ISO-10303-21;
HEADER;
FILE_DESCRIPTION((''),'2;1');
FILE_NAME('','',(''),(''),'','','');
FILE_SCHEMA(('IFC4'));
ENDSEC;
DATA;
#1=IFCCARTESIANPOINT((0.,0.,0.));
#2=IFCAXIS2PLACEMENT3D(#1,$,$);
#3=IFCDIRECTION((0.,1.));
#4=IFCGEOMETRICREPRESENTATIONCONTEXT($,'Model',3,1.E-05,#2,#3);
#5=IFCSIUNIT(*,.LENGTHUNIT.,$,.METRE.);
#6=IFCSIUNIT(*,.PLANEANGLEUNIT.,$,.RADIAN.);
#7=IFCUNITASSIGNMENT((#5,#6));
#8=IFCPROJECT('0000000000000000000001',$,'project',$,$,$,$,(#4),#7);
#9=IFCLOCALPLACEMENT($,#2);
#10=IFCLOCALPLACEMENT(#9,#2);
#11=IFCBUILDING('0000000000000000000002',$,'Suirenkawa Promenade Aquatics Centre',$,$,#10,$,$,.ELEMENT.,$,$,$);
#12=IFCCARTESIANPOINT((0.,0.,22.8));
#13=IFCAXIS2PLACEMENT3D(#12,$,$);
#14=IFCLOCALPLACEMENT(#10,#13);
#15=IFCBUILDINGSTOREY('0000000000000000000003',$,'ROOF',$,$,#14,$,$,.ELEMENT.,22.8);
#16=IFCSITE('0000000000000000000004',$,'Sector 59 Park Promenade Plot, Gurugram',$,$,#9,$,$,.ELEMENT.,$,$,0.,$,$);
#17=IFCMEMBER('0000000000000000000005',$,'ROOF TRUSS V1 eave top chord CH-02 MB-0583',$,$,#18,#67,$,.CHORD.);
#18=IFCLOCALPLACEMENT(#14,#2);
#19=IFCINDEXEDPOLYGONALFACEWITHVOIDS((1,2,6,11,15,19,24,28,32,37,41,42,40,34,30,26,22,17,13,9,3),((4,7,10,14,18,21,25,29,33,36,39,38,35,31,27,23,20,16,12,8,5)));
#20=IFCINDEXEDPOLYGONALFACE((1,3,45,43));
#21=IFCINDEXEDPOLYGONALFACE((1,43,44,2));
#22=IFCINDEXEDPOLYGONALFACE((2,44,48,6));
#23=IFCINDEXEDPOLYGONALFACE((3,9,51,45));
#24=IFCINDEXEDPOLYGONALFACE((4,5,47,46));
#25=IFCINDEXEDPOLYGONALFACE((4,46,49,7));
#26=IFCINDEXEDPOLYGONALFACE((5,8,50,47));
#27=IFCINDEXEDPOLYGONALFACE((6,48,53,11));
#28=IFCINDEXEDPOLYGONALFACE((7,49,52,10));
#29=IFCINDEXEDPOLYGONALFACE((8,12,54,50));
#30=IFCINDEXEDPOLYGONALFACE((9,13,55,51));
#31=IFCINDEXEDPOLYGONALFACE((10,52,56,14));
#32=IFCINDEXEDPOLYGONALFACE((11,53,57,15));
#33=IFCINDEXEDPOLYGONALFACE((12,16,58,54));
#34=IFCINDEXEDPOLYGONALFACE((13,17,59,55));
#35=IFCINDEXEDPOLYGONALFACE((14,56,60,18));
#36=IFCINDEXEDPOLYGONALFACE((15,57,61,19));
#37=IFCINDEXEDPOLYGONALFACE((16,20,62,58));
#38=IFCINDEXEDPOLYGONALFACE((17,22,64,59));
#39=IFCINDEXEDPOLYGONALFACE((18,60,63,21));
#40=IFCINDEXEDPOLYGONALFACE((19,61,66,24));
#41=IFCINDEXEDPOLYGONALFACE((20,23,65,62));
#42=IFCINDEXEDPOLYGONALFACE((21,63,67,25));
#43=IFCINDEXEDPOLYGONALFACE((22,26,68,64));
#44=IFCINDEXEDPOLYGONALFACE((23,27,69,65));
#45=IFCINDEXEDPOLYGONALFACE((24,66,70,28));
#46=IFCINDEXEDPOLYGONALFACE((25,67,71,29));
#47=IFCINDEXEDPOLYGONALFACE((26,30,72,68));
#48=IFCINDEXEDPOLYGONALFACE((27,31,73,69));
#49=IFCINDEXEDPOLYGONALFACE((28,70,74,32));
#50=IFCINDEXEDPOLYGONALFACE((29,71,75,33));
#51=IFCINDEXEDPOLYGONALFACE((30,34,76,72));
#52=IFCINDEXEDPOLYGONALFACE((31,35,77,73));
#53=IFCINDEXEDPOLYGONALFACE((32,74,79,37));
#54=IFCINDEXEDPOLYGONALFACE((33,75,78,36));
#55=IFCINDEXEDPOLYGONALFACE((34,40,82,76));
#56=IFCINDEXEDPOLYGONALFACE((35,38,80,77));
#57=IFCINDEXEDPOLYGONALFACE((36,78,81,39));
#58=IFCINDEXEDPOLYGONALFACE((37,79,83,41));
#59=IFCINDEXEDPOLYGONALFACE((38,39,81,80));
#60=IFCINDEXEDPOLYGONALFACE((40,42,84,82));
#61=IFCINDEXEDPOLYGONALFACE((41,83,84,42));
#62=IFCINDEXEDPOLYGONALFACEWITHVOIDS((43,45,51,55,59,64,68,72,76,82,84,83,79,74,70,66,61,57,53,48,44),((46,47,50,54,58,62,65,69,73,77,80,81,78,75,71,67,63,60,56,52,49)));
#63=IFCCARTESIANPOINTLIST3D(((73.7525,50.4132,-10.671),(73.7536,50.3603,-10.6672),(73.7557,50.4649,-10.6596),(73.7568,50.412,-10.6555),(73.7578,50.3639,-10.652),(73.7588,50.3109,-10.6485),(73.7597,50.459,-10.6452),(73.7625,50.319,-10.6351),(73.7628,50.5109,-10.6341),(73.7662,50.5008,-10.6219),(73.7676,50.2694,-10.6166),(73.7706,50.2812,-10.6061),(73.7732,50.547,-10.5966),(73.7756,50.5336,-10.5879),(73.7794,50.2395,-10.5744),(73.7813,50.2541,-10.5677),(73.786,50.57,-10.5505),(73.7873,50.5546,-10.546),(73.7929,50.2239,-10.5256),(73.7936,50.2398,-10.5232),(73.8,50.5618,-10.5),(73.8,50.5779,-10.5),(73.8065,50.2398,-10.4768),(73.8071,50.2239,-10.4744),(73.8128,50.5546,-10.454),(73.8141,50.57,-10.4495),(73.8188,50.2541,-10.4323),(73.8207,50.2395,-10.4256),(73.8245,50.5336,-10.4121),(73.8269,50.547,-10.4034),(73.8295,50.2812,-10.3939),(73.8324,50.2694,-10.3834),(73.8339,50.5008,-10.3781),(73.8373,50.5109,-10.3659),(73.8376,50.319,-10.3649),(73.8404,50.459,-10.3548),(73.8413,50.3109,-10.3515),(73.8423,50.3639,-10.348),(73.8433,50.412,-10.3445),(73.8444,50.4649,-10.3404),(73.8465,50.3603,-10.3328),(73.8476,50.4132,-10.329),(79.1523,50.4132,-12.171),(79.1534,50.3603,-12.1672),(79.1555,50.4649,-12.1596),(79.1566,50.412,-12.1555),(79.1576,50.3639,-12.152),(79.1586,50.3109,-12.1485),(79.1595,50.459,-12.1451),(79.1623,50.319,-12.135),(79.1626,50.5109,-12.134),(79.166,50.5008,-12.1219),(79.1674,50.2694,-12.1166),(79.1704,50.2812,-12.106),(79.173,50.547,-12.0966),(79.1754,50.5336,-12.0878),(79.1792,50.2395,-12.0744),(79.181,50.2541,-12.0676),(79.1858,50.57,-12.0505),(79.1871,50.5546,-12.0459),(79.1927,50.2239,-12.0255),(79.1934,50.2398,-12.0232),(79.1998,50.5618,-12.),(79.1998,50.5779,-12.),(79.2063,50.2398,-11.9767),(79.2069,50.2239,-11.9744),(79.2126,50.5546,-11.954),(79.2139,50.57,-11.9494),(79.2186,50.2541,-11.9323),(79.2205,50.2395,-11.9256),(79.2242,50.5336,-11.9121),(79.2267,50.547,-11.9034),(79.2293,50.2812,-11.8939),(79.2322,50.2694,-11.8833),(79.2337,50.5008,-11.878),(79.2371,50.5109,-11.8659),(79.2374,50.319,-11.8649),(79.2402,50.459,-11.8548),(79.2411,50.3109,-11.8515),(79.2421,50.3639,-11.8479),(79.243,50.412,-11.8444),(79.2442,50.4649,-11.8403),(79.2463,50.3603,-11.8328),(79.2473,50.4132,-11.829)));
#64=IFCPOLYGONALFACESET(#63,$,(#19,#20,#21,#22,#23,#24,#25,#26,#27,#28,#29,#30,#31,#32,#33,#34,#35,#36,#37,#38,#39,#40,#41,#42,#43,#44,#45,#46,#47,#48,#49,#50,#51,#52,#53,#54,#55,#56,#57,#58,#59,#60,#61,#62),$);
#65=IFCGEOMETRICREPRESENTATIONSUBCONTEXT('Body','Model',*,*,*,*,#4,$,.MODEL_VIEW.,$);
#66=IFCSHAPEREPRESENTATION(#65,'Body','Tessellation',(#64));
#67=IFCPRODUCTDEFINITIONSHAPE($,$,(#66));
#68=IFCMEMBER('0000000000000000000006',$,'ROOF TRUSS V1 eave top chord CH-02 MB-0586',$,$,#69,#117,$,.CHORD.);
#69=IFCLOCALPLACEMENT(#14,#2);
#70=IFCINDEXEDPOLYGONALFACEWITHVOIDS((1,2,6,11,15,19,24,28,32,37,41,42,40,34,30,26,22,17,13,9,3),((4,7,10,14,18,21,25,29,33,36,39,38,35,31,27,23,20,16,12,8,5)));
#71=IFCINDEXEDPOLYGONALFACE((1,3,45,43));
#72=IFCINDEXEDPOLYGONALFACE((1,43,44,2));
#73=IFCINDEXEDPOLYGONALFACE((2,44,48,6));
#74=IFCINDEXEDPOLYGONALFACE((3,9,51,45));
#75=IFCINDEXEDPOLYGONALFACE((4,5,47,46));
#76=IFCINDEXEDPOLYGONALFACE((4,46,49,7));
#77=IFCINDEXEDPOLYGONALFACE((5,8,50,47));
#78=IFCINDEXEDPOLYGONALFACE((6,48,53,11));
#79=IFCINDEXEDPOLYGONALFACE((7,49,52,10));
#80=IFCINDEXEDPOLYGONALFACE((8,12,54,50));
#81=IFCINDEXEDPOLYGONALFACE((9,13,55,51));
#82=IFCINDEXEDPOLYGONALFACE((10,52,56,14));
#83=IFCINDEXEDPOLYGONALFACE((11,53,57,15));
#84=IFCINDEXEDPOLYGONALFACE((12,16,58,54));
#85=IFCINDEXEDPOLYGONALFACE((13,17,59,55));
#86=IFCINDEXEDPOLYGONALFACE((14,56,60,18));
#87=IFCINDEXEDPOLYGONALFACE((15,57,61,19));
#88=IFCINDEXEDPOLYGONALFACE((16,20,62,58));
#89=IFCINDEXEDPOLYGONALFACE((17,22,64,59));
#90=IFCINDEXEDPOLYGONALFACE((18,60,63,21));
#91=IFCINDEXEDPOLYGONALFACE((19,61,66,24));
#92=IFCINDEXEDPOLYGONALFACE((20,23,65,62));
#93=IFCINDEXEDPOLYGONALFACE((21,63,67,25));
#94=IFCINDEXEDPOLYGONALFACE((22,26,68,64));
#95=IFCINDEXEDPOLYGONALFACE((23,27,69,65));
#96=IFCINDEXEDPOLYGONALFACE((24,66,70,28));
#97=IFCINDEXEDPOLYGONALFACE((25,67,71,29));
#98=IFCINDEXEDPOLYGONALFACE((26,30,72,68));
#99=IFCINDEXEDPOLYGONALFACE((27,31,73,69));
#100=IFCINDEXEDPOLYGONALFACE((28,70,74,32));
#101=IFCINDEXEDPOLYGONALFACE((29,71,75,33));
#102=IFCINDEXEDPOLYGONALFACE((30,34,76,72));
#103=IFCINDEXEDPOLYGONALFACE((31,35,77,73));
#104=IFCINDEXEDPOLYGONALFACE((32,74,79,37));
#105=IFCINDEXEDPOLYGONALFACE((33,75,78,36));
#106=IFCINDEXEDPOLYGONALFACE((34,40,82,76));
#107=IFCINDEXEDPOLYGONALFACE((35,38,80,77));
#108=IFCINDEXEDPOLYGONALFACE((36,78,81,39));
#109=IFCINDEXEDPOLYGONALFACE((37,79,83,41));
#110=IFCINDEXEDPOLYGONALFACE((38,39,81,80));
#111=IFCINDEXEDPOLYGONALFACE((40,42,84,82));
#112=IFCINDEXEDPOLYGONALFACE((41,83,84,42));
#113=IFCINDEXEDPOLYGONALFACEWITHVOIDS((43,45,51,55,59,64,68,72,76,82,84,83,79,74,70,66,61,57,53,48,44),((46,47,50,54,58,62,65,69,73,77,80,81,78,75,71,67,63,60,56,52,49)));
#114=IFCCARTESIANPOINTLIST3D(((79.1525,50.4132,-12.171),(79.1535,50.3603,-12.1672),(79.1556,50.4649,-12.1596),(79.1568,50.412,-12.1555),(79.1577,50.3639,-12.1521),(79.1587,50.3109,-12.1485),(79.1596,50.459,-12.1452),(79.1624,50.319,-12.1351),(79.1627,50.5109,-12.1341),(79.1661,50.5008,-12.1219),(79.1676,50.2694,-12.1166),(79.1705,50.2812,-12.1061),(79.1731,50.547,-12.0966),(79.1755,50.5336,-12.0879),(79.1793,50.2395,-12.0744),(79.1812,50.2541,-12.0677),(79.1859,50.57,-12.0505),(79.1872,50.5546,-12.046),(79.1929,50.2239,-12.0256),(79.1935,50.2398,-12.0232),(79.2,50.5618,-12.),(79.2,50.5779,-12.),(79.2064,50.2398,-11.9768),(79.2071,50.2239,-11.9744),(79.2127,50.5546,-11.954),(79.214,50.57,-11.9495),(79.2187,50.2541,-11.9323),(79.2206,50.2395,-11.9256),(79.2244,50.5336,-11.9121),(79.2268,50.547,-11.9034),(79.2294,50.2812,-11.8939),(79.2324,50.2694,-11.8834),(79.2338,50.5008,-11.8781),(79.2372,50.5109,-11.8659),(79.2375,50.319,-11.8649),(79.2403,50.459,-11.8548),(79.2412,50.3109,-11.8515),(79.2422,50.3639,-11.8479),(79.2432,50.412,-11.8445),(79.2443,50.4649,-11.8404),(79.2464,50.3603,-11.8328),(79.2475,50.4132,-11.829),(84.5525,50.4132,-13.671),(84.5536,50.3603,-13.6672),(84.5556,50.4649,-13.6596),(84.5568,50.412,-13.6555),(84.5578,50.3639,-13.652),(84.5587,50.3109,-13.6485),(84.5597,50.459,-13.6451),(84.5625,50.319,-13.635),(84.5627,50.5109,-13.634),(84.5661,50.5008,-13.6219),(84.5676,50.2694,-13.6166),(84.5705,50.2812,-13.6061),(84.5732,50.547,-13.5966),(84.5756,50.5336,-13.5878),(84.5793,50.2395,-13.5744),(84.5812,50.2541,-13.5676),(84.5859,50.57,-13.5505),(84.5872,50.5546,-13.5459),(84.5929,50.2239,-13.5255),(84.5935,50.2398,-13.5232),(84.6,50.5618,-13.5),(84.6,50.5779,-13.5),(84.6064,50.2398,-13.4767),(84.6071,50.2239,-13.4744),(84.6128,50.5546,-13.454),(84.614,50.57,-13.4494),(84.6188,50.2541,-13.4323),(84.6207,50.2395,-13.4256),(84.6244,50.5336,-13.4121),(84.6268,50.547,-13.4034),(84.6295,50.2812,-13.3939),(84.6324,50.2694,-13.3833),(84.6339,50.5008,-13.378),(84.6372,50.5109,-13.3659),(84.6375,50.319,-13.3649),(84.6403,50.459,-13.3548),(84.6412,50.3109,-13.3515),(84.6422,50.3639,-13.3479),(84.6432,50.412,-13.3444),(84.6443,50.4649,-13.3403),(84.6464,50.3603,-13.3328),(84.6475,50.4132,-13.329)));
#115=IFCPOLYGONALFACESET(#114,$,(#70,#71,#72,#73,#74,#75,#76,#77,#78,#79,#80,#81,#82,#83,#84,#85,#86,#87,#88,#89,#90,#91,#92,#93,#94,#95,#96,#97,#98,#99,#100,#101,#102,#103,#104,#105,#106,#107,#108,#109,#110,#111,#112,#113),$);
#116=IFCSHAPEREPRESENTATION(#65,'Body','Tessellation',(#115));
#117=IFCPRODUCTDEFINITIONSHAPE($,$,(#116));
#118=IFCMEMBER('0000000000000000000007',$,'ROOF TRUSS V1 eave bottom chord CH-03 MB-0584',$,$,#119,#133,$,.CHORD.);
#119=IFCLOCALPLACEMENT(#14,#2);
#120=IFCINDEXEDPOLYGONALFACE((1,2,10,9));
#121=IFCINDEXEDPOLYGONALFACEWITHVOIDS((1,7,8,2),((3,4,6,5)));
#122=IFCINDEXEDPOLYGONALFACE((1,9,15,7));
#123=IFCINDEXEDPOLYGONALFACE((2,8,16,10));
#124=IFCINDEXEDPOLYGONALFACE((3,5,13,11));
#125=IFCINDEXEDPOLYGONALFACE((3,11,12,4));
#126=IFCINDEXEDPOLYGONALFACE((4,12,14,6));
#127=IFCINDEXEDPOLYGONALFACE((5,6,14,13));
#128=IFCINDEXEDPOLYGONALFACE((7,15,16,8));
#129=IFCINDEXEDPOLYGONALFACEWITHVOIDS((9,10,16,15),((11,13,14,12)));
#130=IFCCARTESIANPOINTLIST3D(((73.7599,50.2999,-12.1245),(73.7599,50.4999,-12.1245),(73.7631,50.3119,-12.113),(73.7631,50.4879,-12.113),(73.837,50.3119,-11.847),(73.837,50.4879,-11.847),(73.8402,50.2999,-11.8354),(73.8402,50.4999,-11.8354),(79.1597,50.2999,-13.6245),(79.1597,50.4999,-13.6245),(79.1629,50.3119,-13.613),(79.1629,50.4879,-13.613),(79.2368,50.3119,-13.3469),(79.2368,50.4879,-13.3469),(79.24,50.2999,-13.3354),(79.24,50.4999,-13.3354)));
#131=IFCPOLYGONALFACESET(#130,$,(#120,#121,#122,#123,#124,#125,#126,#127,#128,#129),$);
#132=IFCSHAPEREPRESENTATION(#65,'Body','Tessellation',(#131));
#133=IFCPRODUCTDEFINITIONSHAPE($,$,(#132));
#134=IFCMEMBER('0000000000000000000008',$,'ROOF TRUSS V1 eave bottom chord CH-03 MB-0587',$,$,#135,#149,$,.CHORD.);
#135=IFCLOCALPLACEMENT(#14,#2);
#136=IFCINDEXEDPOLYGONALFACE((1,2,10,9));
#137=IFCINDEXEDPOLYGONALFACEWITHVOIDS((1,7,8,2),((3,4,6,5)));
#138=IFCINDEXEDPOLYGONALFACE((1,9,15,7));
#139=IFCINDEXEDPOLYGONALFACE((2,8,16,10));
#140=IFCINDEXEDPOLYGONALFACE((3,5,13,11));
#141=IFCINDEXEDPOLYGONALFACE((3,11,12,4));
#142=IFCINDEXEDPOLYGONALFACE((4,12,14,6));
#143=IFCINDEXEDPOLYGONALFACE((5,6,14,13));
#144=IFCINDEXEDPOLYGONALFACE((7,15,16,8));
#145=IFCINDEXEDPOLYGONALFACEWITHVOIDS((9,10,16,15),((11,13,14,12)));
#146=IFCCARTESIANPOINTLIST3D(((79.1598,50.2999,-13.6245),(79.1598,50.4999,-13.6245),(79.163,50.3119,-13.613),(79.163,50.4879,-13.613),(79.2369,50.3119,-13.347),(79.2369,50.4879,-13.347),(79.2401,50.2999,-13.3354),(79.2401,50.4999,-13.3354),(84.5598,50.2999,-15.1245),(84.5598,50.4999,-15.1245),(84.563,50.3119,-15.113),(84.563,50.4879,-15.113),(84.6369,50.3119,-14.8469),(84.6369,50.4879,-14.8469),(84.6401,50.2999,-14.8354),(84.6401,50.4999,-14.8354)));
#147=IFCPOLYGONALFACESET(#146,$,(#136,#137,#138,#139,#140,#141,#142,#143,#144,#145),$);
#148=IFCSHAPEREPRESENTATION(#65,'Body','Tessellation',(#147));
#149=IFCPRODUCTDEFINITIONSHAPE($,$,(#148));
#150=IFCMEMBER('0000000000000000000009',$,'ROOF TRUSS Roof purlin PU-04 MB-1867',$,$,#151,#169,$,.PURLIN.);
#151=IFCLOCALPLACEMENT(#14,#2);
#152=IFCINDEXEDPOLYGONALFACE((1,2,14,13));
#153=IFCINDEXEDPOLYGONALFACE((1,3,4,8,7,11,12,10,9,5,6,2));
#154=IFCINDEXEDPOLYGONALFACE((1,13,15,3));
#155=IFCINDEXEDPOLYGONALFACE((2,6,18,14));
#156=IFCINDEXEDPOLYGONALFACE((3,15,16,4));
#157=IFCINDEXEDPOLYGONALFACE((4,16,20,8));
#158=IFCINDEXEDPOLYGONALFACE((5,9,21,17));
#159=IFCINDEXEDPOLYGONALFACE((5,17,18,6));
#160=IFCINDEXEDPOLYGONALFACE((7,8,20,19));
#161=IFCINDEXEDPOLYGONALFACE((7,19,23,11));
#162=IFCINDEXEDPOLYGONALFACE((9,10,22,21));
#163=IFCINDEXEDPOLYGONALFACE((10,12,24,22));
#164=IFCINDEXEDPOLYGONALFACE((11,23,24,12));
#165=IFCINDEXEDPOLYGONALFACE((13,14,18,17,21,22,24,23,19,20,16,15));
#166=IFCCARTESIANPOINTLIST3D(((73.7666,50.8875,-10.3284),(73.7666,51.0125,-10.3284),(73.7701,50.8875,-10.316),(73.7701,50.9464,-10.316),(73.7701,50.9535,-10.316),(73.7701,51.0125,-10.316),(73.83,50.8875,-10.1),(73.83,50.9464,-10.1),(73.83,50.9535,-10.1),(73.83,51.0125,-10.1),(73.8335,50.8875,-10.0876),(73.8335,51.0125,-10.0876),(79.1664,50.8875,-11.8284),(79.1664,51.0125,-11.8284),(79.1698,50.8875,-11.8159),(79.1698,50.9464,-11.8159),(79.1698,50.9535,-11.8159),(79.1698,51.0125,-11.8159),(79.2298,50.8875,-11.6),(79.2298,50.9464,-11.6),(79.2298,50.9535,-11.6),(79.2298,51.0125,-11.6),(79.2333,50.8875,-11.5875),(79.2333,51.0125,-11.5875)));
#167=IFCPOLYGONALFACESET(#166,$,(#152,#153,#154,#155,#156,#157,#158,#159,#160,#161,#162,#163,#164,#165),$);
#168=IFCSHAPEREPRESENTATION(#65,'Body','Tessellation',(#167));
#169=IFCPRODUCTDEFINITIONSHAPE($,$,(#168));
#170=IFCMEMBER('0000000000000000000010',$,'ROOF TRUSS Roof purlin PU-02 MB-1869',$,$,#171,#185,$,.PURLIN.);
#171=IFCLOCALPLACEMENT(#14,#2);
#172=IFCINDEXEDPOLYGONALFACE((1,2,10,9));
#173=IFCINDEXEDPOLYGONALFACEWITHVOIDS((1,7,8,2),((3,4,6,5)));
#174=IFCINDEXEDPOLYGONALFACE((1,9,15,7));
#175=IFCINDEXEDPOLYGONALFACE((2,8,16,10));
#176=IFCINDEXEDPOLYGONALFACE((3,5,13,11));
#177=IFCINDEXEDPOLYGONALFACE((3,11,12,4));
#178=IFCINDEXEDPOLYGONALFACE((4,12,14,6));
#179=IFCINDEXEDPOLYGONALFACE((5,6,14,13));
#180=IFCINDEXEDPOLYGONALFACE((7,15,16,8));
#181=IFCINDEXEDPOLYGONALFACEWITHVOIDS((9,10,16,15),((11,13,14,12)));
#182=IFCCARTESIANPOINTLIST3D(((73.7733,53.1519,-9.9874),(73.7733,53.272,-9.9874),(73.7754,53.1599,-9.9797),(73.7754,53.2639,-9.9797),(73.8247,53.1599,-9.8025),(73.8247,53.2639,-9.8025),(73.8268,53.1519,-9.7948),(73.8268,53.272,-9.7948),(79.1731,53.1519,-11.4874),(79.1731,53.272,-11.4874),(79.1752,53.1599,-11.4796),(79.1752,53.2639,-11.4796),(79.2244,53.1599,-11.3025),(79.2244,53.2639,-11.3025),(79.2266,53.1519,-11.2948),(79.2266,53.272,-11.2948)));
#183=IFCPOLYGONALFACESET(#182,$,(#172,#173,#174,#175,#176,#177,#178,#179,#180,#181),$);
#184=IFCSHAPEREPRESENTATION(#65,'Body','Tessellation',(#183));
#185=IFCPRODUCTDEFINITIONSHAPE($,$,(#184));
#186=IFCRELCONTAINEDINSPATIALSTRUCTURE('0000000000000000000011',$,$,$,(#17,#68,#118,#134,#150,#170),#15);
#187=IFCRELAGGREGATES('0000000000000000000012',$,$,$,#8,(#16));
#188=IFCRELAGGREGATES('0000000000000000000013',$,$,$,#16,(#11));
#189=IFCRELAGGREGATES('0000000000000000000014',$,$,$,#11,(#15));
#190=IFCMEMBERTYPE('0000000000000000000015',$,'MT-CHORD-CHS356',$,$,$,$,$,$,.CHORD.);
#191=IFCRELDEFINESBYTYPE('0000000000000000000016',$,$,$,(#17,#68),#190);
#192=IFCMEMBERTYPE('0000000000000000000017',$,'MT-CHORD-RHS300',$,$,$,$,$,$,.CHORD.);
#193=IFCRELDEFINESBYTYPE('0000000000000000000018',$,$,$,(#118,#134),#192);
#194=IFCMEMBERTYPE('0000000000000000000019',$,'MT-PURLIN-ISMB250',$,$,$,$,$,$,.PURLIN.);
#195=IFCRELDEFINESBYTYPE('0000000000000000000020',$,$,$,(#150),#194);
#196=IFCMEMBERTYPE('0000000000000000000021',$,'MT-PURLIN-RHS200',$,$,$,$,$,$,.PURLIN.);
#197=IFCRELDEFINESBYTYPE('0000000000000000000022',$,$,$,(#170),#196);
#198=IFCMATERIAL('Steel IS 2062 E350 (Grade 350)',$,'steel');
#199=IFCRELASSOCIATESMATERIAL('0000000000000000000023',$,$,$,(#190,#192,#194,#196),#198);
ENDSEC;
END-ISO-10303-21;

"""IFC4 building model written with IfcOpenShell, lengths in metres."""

from ifc_helpers import new_model, si_unit, direction, frame, origin, origin_2d, place, context, subcontext, project, spatial, hollow_rectangle, hollow_circle, i_section, extrude, material, material_profile, profile_set, type_object, element, save


model = new_model("IFC4")

# Units and contexts
model_context = context("Model", 3, precision=1e-05, world=origin(), true_north=direction((0.0, 1.0)))
body_context = subcontext(model_context, "Body", "Model", "MODEL_VIEW")
ifc_project = project(units=[si_unit("LENGTHUNIT", "METRE"), si_unit("PLANEANGLEUNIT", "RADIAN")], contexts=[model_context])

# Site, building, storey
site_placement = place(None, origin())
site = spatial("IfcSite", under=ifc_project, at=site_placement, Name="Sector 59 Park Promenade Plot, Gurugram", CompositionType="ELEMENT", RefElevation=0.0)
building_placement = place(site_placement, origin())
building = spatial("IfcBuilding", under=site, at=building_placement, Name="Suirenkawa Promenade Aquatics Centre", CompositionType="ELEMENT")
storey_placement = place(building_placement, frame((0.0, 0.0, 22.8)))
storey = spatial("IfcBuildingStorey", under=building, at=storey_placement, Name="ROOF", CompositionType="ELEMENT", Elevation=22.8)

# Shared definitions
ifc_material_1 = material(Name="Steel IS 2062 E350 (Grade 350)", Category="steel")

# Members
ifc_material_profile_1 = material_profile(ifc_material_1, hollow_circle(Radius=0.178, WallThickness=0.0161, at=origin_2d()), Name="CHS 356x16", Category="steel")
ifc_profile_set_1 = profile_set([ifc_material_profile_1], Name="Steel IS 2062 E350 (Grade 350)")
member_type_1 = type_object("IfcMemberType", Name="MT-CHORD-CHS356", PredefinedType="CHORD", material=ifc_profile_set_1)
member_1_placement = place(storey_placement, frame((73.8, 50.3999, -10.5), z_axis=(0.963517, 0.0, -0.267648), x_axis=(0.0, 1.0, 0.0)))
element("IfcMember", 1, at=member_1_placement, inside=storey, type_object=member_type_1, Name="ROOF TRUSS V1 eave top chord CH-02 MB-0583", PredefinedType="CHORD", context=body_context, shape_type="SweptSolid", body=[
    extrude(hollow_circle(Radius=0.178, WallThickness=0.0161, at=origin_2d()), origin(), (0.0, 0.0, 1.0), 5.6042),
])
member_2_placement = place(storey_placement, frame((79.2, 50.3999, -12.0), z_axis=(0.96352, 0.0, -0.267637), x_axis=(0.0, 1.0, 0.0)))
element("IfcMember", 2, at=member_2_placement, inside=storey, type_object=member_type_1, Name="ROOF TRUSS V1 eave top chord CH-02 MB-0586", PredefinedType="CHORD", context=body_context, shape_type="SweptSolid", body=[
    extrude(hollow_circle(Radius=0.178, WallThickness=0.0161, at=origin_2d()), origin(), (0.0, 0.0, 1.0), 5.6045),
])
ifc_material_profile_2 = material_profile(ifc_material_1, hollow_rectangle(XDim=0.2, YDim=0.3, WallThickness=0.012, at=origin_2d()), Name="RHS 300x200x12", Category="steel")
ifc_profile_set_2 = profile_set([ifc_material_profile_2], Name="Steel IS 2062 E350 (Grade 350)")
member_type_2 = type_object("IfcMemberType", Name="MT-CHORD-RHS300", PredefinedType="CHORD", material=ifc_profile_set_2)
member_3_placement = place(storey_placement, frame((73.8, 50.3999, -11.98), z_axis=(0.963517, 0.0, -0.267648), x_axis=(0.0, 1.0, 0.0)))
element("IfcMember", 3, at=member_3_placement, inside=storey, type_object=member_type_2, Name="ROOF TRUSS V1 eave bottom chord CH-03 MB-0584", PredefinedType="CHORD", context=body_context, shape_type="SweptSolid", body=[
    extrude(hollow_rectangle(XDim=0.2, YDim=0.3, WallThickness=0.012, at=origin_2d()), origin(), (0.0, 0.0, 1.0), 5.6042),
])
member_4_placement = place(storey_placement, frame((79.2, 50.3999, -13.48), z_axis=(0.96352, 0.0, -0.267637), x_axis=(0.0, 1.0, 0.0)))
element("IfcMember", 4, at=member_4_placement, inside=storey, type_object=member_type_2, Name="ROOF TRUSS V1 eave bottom chord CH-03 MB-0587", PredefinedType="CHORD", context=body_context, shape_type="SweptSolid", body=[
    extrude(hollow_rectangle(XDim=0.2, YDim=0.3, WallThickness=0.012, at=origin_2d()), origin(), (0.0, 0.0, 1.0), 5.6045),
])
ifc_material_profile_3 = material_profile(ifc_material_1, i_section(OverallWidth=0.125, OverallDepth=0.25, WebThickness=0.0071, FlangeThickness=0.0129, at=origin_2d()), Name="ISMB 250", Category="steel")
ifc_profile_set_3 = profile_set([ifc_material_profile_3], Name="Steel IS 2062 E350 (Grade 350)")
member_type_3 = type_object("IfcMemberType", Name="MT-PURLIN-ISMB250", PredefinedType="PURLIN", material=ifc_profile_set_3)
member_5_placement = place(storey_placement, frame((73.8, 50.95, -10.208), z_axis=(0.963517, 0.0, -0.267648), x_axis=(0.0, 1.0, 0.0)))
element("IfcMember", 5, at=member_5_placement, inside=storey, type_object=member_type_3, Name="ROOF TRUSS Roof purlin PU-04 MB-1867", PredefinedType="PURLIN", context=body_context, shape_type="SweptSolid", body=[
    extrude(i_section(OverallWidth=0.125, OverallDepth=0.25, WebThickness=0.0071, FlangeThickness=0.0129, at=origin_2d()), origin(), (0.0, 0.0, 1.0), 5.6042),
])
ifc_material_profile_4 = material_profile(ifc_material_1, hollow_rectangle(XDim=0.1201, YDim=0.2, WallThickness=0.0081, at=origin_2d()), Name="RHS 200x120x8", Category="steel")
ifc_profile_set_4 = profile_set([ifc_material_profile_4], Name="Steel IS 2062 E350 (Grade 350)")
member_type_4 = type_object("IfcMemberType", Name="MT-PURLIN-RHS200", PredefinedType="PURLIN", material=ifc_profile_set_4)
member_6_placement = place(storey_placement, frame((73.8, 53.2119, -9.8911), z_axis=(0.963517, 0.0, -0.267648), x_axis=(0.0, 1.0, 0.0)))
element("IfcMember", 6, at=member_6_placement, inside=storey, type_object=member_type_4, Name="ROOF TRUSS Roof purlin PU-02 MB-1869", PredefinedType="PURLIN", context=body_context, shape_type="SweptSolid", body=[
    extrude(hollow_rectangle(XDim=0.1201, YDim=0.2, WallThickness=0.0081, at=origin_2d()), origin(), (0.0, 0.0, 1.0), 5.6042),
])

save(model, "model.ifc")
